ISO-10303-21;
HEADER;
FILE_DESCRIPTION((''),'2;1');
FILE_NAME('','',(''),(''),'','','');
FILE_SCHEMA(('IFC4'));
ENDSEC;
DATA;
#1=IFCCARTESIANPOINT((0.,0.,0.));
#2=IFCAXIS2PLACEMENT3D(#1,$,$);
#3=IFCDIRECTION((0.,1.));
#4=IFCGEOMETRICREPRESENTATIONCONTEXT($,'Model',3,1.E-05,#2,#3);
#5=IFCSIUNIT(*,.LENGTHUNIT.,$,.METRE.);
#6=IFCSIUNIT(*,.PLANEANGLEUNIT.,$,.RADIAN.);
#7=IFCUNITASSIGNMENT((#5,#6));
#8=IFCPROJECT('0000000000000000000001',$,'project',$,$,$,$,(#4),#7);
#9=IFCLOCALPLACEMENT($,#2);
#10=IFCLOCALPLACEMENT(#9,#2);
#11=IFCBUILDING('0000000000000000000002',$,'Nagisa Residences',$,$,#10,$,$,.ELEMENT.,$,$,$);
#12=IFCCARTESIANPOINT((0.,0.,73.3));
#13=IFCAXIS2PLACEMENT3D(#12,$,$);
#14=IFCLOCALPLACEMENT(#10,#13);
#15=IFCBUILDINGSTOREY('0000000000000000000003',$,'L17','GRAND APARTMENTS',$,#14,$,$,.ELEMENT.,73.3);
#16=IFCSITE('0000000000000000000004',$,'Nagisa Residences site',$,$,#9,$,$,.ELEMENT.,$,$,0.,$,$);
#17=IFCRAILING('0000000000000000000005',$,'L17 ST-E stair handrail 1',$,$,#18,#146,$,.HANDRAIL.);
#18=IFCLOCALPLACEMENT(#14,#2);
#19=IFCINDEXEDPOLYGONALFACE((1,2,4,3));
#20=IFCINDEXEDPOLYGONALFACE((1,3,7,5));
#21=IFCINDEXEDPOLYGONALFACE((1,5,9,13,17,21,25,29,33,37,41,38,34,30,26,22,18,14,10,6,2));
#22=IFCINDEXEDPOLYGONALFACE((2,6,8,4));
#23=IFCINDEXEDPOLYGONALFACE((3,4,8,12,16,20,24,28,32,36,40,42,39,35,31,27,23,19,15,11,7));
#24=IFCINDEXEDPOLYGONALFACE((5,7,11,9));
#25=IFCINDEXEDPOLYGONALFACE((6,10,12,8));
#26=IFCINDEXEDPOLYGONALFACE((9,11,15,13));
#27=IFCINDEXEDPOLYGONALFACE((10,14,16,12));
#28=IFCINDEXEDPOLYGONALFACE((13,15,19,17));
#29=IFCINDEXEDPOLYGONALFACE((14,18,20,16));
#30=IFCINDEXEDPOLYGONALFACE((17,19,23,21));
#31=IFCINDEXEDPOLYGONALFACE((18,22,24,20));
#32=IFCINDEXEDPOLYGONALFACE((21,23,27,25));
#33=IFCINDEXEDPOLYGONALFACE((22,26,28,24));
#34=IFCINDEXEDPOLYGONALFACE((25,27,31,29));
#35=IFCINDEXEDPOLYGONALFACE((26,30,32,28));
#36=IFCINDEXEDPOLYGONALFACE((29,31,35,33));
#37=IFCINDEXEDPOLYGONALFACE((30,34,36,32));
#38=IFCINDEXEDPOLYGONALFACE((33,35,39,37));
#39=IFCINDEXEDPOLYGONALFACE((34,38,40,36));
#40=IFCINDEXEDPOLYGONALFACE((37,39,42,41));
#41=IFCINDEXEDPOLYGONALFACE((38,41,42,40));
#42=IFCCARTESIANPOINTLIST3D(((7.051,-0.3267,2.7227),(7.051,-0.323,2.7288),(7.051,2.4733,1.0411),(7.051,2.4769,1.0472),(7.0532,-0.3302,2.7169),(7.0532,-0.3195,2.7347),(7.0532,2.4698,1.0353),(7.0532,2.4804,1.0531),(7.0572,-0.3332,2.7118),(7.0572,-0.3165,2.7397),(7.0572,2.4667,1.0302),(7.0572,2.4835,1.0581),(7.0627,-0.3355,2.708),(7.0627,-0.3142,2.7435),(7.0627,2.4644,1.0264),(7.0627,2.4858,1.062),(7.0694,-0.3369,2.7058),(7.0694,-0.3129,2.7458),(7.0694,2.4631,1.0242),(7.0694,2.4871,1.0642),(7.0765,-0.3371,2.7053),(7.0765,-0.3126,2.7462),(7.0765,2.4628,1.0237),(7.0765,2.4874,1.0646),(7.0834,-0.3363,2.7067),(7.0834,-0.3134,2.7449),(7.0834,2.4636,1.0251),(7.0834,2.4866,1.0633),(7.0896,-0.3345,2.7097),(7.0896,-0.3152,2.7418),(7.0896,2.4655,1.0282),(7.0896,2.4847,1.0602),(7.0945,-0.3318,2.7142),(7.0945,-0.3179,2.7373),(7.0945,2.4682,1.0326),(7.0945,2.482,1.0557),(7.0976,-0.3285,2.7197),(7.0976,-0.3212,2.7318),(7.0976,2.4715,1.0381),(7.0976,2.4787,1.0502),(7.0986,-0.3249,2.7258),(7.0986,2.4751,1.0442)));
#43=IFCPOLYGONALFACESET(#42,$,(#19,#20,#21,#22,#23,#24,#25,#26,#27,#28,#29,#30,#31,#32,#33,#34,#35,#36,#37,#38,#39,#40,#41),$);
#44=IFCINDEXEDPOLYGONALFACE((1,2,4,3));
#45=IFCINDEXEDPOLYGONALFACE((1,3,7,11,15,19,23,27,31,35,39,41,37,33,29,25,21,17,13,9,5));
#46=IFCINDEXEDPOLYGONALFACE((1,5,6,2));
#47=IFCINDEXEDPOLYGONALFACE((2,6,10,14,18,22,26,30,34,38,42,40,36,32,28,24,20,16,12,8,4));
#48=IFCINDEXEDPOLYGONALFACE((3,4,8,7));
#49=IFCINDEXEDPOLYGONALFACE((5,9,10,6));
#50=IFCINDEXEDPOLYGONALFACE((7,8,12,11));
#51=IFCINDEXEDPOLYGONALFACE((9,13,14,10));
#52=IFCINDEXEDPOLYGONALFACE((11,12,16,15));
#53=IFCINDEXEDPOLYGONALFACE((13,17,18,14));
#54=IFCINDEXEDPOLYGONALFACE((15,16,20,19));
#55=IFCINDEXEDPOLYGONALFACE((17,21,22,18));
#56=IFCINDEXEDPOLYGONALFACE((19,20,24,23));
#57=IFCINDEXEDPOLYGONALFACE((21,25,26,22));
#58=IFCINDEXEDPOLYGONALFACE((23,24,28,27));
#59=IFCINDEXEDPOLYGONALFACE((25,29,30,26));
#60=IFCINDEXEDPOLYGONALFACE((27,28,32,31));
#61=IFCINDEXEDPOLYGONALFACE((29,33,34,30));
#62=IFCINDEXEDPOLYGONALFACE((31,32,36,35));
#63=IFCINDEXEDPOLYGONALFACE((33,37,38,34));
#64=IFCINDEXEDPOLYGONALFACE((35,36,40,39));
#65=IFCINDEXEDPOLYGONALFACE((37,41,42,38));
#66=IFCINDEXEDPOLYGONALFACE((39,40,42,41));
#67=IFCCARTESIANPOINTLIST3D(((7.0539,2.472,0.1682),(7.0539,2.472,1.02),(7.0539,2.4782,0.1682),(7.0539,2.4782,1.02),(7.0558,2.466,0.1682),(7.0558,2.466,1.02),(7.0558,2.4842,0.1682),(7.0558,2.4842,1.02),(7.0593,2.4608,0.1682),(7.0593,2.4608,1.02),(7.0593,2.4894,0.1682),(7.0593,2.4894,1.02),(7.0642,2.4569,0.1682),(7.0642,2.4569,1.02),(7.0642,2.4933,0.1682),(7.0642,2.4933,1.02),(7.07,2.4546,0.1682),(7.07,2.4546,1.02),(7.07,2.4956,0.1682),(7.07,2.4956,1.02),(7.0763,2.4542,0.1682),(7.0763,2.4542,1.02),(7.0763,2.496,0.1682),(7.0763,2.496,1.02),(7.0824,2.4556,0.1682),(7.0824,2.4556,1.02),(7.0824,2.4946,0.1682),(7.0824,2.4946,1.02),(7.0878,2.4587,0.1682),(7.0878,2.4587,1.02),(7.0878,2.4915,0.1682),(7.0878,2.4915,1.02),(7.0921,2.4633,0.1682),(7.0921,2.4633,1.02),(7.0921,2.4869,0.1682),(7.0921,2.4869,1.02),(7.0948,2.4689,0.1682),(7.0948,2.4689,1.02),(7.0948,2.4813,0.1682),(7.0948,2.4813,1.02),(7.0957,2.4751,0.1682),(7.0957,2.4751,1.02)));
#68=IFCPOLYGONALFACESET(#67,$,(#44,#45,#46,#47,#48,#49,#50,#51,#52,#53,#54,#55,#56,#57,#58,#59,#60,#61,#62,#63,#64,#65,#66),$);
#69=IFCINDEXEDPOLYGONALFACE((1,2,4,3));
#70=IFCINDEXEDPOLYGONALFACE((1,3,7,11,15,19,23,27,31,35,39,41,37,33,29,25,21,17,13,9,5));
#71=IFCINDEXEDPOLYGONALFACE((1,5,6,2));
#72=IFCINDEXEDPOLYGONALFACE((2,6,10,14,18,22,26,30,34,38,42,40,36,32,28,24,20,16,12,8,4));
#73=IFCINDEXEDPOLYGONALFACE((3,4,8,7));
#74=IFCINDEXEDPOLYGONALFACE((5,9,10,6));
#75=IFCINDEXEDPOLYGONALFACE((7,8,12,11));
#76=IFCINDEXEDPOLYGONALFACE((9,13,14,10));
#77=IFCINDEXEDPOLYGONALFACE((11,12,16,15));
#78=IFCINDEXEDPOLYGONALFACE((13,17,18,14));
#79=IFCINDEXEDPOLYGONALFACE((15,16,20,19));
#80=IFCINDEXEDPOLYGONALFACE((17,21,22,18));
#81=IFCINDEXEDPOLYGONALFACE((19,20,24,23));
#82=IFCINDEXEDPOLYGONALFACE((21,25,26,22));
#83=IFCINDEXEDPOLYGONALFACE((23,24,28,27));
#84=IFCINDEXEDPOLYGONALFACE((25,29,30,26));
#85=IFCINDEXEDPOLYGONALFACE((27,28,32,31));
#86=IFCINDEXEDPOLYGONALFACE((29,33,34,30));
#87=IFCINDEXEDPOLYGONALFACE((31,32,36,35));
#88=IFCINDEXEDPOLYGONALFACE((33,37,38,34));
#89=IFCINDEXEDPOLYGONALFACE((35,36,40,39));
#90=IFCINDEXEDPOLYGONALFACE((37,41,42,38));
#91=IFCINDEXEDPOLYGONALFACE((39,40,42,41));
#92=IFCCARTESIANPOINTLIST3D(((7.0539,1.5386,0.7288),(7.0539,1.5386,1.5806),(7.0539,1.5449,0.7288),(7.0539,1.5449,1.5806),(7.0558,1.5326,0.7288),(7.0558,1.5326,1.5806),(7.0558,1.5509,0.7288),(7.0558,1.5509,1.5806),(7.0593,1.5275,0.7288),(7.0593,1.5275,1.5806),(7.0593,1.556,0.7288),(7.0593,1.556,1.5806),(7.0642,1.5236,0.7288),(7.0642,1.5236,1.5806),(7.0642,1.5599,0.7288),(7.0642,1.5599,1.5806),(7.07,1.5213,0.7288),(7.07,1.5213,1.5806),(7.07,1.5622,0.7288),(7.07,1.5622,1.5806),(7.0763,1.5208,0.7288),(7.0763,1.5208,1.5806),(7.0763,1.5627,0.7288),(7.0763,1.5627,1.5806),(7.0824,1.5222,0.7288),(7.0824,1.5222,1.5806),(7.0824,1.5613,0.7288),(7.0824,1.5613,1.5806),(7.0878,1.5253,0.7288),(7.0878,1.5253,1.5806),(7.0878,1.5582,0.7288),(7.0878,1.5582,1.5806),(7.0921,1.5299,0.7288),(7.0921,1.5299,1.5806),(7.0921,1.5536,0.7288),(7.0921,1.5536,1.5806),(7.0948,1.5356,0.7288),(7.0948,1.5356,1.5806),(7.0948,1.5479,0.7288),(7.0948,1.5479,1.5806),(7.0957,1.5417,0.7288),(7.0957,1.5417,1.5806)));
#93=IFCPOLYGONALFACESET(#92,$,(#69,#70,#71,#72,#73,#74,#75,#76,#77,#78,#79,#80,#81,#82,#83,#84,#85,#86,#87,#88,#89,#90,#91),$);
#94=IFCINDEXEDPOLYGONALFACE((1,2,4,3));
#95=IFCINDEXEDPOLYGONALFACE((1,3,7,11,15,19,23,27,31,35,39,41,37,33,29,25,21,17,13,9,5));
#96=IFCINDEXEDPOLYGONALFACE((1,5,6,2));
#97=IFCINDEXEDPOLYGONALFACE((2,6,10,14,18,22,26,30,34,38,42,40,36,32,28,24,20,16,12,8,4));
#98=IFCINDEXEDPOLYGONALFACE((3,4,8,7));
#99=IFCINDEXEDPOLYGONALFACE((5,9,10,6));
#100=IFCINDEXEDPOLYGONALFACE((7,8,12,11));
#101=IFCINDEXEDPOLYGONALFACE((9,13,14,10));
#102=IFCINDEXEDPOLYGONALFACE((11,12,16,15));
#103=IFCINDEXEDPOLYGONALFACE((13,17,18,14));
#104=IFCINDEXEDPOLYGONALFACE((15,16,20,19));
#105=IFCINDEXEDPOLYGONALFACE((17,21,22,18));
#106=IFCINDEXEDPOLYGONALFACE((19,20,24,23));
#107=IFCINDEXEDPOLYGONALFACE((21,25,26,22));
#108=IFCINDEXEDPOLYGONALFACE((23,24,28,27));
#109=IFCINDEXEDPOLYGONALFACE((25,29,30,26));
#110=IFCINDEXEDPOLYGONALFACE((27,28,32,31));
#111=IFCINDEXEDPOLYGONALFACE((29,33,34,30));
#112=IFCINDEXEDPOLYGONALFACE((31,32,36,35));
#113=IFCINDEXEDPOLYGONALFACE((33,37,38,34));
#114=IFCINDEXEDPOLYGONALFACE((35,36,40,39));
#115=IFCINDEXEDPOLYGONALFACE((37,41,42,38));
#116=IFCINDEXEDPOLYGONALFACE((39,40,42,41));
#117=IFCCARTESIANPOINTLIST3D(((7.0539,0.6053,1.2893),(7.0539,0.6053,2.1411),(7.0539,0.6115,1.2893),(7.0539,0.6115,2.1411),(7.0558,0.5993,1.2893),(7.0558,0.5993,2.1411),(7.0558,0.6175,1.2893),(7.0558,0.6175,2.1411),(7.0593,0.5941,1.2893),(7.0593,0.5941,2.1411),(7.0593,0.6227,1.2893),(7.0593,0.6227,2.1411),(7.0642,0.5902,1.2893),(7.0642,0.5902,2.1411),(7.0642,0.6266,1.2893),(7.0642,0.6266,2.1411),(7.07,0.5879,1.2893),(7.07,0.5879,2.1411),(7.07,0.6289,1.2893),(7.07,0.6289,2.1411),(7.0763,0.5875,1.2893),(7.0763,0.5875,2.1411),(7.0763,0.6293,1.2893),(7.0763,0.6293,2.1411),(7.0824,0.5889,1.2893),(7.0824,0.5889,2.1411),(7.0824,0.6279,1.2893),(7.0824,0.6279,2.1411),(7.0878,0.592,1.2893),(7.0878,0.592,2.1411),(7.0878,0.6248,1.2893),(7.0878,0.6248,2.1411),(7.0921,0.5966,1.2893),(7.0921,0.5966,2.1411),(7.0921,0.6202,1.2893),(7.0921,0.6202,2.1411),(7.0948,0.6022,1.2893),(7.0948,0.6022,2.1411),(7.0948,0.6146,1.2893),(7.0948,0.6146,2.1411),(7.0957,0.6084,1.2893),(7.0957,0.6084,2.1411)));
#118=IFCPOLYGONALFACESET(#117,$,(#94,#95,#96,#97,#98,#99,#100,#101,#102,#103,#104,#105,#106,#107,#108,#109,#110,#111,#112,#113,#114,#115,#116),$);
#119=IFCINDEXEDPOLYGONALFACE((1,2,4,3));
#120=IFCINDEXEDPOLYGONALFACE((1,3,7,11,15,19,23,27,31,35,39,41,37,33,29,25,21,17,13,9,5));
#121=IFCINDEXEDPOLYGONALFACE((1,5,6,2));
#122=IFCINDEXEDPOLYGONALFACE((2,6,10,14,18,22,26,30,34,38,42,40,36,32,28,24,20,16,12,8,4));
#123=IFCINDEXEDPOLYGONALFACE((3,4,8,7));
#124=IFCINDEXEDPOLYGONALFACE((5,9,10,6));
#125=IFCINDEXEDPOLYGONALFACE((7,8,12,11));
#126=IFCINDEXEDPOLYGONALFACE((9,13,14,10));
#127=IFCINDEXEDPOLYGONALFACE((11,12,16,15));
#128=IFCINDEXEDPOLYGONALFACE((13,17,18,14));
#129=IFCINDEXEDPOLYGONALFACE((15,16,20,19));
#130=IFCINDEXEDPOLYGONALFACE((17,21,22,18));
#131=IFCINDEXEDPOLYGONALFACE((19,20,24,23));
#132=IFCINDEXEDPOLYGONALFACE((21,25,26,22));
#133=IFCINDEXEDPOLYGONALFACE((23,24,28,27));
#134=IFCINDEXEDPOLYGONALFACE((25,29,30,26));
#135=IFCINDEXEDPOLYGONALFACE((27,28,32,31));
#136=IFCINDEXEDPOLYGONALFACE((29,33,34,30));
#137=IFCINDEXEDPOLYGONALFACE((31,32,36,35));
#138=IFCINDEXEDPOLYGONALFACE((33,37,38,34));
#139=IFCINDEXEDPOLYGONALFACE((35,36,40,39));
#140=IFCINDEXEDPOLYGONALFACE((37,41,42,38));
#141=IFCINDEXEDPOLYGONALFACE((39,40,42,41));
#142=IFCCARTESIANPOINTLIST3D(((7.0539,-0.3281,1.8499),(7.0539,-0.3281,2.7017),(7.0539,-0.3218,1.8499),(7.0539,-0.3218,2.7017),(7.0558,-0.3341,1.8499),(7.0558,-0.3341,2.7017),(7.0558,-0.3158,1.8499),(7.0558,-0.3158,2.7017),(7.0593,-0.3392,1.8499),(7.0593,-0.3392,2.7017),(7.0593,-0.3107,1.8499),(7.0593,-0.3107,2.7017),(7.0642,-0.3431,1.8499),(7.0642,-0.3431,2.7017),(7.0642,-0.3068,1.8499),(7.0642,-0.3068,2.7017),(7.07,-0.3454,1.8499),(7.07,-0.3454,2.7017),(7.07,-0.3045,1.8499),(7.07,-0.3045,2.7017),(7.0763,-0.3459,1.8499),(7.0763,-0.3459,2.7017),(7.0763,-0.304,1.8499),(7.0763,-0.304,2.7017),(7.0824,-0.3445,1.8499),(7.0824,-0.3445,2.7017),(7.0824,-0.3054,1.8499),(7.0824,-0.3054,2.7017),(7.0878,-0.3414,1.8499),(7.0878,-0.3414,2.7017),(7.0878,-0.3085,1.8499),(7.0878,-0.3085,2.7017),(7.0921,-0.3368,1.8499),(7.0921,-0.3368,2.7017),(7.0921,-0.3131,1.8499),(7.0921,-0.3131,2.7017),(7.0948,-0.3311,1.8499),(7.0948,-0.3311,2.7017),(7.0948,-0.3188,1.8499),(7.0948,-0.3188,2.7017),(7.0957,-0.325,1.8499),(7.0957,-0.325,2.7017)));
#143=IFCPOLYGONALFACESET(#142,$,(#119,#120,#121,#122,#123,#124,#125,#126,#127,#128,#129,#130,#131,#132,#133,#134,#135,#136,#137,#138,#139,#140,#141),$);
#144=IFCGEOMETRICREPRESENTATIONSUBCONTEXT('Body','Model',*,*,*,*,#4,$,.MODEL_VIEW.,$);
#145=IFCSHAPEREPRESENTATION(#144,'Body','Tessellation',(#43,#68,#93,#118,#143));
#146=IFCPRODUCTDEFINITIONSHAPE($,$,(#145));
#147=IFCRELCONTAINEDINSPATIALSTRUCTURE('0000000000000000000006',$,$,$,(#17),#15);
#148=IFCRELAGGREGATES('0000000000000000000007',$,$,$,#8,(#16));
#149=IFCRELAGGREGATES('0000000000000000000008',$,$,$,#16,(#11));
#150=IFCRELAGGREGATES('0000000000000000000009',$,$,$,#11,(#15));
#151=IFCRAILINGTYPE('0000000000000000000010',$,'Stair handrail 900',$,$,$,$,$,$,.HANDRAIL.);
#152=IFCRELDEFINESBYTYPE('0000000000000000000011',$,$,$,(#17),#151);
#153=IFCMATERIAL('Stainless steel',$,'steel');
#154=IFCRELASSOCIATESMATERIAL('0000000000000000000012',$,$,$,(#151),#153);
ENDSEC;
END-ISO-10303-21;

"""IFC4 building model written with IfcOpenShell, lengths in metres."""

from ifc_helpers import new_model, si_unit, direction, frame, origin, origin_2d, place, context, subcontext, project, spatial, circle, extrude, material, type_object, element, save


model = new_model("IFC4")

# Units and contexts
model_context = context("Model", 3, precision=1e-05, world=origin(), true_north=direction((0.0, 1.0)))
body_context = subcontext(model_context, "Body", "Model", "MODEL_VIEW")
ifc_project = project(units=[si_unit("LENGTHUNIT", "METRE"), si_unit("PLANEANGLEUNIT", "RADIAN")], contexts=[model_context])

# Site, building, storey
site_placement = place(None, origin())
site = spatial("IfcSite", under=ifc_project, at=site_placement, Name="Nagisa Residences site", CompositionType="ELEMENT", RefElevation=0.0)
building_placement = place(site_placement, origin())
building = spatial("IfcBuilding", under=site, at=building_placement, Name="Nagisa Residences", CompositionType="ELEMENT")
storey_placement = place(building_placement, frame((0.0, 0.0, 73.3)))
storey = spatial("IfcBuildingStorey", under=building, at=storey_placement, Name="L17", Description="GRAND APARTMENTS", CompositionType="ELEMENT", Elevation=73.3)

# Railing
ifc_material_1 = material(Name="Stainless steel", Category="steel")
railing_type_1 = type_object("IfcRailingType", Name="Stair handrail 900", PredefinedType="HANDRAIL", material=ifc_material_1)
railing_1_placement = place(storey_placement, frame((7.0747, 2.4751, 0.1682)))
element("IfcRailing", 1, at=railing_1_placement, inside=storey, type_object=railing_type_1, Name="L17 ST-E stair handrail 1", PredefinedType="HANDRAIL", context=body_context, shape_type="SweptSolid", body=[
    extrude(circle(Radius=0.0239, at=origin_2d()), frame((0.0, 0.0, 0.876), z_axis=(0.0, -0.857275, 0.514858), x_axis=(1.0, 0.0, 0.0)), (0.0, 0.0, 1.0), 3.2661),
    extrude(circle(Radius=0.021, at=origin_2d()), origin(), (0.0, 0.0, 1.0), 0.8518),
    extrude(circle(Radius=0.021, at=origin_2d()), frame((0.0, -0.9333, 0.5605)), (0.0, 0.0, 1.0), 0.8518),
    extrude(circle(Radius=0.021, at=origin_2d()), frame((0.0, -1.8667, 1.1211)), (0.0, 0.0, 1.0), 0.8518),
    extrude(circle(Radius=0.021, at=origin_2d()), frame((0.0, -2.8, 1.6816)), (0.0, 0.0, 1.0), 0.8518),
])

save(model, "model.ifc")
